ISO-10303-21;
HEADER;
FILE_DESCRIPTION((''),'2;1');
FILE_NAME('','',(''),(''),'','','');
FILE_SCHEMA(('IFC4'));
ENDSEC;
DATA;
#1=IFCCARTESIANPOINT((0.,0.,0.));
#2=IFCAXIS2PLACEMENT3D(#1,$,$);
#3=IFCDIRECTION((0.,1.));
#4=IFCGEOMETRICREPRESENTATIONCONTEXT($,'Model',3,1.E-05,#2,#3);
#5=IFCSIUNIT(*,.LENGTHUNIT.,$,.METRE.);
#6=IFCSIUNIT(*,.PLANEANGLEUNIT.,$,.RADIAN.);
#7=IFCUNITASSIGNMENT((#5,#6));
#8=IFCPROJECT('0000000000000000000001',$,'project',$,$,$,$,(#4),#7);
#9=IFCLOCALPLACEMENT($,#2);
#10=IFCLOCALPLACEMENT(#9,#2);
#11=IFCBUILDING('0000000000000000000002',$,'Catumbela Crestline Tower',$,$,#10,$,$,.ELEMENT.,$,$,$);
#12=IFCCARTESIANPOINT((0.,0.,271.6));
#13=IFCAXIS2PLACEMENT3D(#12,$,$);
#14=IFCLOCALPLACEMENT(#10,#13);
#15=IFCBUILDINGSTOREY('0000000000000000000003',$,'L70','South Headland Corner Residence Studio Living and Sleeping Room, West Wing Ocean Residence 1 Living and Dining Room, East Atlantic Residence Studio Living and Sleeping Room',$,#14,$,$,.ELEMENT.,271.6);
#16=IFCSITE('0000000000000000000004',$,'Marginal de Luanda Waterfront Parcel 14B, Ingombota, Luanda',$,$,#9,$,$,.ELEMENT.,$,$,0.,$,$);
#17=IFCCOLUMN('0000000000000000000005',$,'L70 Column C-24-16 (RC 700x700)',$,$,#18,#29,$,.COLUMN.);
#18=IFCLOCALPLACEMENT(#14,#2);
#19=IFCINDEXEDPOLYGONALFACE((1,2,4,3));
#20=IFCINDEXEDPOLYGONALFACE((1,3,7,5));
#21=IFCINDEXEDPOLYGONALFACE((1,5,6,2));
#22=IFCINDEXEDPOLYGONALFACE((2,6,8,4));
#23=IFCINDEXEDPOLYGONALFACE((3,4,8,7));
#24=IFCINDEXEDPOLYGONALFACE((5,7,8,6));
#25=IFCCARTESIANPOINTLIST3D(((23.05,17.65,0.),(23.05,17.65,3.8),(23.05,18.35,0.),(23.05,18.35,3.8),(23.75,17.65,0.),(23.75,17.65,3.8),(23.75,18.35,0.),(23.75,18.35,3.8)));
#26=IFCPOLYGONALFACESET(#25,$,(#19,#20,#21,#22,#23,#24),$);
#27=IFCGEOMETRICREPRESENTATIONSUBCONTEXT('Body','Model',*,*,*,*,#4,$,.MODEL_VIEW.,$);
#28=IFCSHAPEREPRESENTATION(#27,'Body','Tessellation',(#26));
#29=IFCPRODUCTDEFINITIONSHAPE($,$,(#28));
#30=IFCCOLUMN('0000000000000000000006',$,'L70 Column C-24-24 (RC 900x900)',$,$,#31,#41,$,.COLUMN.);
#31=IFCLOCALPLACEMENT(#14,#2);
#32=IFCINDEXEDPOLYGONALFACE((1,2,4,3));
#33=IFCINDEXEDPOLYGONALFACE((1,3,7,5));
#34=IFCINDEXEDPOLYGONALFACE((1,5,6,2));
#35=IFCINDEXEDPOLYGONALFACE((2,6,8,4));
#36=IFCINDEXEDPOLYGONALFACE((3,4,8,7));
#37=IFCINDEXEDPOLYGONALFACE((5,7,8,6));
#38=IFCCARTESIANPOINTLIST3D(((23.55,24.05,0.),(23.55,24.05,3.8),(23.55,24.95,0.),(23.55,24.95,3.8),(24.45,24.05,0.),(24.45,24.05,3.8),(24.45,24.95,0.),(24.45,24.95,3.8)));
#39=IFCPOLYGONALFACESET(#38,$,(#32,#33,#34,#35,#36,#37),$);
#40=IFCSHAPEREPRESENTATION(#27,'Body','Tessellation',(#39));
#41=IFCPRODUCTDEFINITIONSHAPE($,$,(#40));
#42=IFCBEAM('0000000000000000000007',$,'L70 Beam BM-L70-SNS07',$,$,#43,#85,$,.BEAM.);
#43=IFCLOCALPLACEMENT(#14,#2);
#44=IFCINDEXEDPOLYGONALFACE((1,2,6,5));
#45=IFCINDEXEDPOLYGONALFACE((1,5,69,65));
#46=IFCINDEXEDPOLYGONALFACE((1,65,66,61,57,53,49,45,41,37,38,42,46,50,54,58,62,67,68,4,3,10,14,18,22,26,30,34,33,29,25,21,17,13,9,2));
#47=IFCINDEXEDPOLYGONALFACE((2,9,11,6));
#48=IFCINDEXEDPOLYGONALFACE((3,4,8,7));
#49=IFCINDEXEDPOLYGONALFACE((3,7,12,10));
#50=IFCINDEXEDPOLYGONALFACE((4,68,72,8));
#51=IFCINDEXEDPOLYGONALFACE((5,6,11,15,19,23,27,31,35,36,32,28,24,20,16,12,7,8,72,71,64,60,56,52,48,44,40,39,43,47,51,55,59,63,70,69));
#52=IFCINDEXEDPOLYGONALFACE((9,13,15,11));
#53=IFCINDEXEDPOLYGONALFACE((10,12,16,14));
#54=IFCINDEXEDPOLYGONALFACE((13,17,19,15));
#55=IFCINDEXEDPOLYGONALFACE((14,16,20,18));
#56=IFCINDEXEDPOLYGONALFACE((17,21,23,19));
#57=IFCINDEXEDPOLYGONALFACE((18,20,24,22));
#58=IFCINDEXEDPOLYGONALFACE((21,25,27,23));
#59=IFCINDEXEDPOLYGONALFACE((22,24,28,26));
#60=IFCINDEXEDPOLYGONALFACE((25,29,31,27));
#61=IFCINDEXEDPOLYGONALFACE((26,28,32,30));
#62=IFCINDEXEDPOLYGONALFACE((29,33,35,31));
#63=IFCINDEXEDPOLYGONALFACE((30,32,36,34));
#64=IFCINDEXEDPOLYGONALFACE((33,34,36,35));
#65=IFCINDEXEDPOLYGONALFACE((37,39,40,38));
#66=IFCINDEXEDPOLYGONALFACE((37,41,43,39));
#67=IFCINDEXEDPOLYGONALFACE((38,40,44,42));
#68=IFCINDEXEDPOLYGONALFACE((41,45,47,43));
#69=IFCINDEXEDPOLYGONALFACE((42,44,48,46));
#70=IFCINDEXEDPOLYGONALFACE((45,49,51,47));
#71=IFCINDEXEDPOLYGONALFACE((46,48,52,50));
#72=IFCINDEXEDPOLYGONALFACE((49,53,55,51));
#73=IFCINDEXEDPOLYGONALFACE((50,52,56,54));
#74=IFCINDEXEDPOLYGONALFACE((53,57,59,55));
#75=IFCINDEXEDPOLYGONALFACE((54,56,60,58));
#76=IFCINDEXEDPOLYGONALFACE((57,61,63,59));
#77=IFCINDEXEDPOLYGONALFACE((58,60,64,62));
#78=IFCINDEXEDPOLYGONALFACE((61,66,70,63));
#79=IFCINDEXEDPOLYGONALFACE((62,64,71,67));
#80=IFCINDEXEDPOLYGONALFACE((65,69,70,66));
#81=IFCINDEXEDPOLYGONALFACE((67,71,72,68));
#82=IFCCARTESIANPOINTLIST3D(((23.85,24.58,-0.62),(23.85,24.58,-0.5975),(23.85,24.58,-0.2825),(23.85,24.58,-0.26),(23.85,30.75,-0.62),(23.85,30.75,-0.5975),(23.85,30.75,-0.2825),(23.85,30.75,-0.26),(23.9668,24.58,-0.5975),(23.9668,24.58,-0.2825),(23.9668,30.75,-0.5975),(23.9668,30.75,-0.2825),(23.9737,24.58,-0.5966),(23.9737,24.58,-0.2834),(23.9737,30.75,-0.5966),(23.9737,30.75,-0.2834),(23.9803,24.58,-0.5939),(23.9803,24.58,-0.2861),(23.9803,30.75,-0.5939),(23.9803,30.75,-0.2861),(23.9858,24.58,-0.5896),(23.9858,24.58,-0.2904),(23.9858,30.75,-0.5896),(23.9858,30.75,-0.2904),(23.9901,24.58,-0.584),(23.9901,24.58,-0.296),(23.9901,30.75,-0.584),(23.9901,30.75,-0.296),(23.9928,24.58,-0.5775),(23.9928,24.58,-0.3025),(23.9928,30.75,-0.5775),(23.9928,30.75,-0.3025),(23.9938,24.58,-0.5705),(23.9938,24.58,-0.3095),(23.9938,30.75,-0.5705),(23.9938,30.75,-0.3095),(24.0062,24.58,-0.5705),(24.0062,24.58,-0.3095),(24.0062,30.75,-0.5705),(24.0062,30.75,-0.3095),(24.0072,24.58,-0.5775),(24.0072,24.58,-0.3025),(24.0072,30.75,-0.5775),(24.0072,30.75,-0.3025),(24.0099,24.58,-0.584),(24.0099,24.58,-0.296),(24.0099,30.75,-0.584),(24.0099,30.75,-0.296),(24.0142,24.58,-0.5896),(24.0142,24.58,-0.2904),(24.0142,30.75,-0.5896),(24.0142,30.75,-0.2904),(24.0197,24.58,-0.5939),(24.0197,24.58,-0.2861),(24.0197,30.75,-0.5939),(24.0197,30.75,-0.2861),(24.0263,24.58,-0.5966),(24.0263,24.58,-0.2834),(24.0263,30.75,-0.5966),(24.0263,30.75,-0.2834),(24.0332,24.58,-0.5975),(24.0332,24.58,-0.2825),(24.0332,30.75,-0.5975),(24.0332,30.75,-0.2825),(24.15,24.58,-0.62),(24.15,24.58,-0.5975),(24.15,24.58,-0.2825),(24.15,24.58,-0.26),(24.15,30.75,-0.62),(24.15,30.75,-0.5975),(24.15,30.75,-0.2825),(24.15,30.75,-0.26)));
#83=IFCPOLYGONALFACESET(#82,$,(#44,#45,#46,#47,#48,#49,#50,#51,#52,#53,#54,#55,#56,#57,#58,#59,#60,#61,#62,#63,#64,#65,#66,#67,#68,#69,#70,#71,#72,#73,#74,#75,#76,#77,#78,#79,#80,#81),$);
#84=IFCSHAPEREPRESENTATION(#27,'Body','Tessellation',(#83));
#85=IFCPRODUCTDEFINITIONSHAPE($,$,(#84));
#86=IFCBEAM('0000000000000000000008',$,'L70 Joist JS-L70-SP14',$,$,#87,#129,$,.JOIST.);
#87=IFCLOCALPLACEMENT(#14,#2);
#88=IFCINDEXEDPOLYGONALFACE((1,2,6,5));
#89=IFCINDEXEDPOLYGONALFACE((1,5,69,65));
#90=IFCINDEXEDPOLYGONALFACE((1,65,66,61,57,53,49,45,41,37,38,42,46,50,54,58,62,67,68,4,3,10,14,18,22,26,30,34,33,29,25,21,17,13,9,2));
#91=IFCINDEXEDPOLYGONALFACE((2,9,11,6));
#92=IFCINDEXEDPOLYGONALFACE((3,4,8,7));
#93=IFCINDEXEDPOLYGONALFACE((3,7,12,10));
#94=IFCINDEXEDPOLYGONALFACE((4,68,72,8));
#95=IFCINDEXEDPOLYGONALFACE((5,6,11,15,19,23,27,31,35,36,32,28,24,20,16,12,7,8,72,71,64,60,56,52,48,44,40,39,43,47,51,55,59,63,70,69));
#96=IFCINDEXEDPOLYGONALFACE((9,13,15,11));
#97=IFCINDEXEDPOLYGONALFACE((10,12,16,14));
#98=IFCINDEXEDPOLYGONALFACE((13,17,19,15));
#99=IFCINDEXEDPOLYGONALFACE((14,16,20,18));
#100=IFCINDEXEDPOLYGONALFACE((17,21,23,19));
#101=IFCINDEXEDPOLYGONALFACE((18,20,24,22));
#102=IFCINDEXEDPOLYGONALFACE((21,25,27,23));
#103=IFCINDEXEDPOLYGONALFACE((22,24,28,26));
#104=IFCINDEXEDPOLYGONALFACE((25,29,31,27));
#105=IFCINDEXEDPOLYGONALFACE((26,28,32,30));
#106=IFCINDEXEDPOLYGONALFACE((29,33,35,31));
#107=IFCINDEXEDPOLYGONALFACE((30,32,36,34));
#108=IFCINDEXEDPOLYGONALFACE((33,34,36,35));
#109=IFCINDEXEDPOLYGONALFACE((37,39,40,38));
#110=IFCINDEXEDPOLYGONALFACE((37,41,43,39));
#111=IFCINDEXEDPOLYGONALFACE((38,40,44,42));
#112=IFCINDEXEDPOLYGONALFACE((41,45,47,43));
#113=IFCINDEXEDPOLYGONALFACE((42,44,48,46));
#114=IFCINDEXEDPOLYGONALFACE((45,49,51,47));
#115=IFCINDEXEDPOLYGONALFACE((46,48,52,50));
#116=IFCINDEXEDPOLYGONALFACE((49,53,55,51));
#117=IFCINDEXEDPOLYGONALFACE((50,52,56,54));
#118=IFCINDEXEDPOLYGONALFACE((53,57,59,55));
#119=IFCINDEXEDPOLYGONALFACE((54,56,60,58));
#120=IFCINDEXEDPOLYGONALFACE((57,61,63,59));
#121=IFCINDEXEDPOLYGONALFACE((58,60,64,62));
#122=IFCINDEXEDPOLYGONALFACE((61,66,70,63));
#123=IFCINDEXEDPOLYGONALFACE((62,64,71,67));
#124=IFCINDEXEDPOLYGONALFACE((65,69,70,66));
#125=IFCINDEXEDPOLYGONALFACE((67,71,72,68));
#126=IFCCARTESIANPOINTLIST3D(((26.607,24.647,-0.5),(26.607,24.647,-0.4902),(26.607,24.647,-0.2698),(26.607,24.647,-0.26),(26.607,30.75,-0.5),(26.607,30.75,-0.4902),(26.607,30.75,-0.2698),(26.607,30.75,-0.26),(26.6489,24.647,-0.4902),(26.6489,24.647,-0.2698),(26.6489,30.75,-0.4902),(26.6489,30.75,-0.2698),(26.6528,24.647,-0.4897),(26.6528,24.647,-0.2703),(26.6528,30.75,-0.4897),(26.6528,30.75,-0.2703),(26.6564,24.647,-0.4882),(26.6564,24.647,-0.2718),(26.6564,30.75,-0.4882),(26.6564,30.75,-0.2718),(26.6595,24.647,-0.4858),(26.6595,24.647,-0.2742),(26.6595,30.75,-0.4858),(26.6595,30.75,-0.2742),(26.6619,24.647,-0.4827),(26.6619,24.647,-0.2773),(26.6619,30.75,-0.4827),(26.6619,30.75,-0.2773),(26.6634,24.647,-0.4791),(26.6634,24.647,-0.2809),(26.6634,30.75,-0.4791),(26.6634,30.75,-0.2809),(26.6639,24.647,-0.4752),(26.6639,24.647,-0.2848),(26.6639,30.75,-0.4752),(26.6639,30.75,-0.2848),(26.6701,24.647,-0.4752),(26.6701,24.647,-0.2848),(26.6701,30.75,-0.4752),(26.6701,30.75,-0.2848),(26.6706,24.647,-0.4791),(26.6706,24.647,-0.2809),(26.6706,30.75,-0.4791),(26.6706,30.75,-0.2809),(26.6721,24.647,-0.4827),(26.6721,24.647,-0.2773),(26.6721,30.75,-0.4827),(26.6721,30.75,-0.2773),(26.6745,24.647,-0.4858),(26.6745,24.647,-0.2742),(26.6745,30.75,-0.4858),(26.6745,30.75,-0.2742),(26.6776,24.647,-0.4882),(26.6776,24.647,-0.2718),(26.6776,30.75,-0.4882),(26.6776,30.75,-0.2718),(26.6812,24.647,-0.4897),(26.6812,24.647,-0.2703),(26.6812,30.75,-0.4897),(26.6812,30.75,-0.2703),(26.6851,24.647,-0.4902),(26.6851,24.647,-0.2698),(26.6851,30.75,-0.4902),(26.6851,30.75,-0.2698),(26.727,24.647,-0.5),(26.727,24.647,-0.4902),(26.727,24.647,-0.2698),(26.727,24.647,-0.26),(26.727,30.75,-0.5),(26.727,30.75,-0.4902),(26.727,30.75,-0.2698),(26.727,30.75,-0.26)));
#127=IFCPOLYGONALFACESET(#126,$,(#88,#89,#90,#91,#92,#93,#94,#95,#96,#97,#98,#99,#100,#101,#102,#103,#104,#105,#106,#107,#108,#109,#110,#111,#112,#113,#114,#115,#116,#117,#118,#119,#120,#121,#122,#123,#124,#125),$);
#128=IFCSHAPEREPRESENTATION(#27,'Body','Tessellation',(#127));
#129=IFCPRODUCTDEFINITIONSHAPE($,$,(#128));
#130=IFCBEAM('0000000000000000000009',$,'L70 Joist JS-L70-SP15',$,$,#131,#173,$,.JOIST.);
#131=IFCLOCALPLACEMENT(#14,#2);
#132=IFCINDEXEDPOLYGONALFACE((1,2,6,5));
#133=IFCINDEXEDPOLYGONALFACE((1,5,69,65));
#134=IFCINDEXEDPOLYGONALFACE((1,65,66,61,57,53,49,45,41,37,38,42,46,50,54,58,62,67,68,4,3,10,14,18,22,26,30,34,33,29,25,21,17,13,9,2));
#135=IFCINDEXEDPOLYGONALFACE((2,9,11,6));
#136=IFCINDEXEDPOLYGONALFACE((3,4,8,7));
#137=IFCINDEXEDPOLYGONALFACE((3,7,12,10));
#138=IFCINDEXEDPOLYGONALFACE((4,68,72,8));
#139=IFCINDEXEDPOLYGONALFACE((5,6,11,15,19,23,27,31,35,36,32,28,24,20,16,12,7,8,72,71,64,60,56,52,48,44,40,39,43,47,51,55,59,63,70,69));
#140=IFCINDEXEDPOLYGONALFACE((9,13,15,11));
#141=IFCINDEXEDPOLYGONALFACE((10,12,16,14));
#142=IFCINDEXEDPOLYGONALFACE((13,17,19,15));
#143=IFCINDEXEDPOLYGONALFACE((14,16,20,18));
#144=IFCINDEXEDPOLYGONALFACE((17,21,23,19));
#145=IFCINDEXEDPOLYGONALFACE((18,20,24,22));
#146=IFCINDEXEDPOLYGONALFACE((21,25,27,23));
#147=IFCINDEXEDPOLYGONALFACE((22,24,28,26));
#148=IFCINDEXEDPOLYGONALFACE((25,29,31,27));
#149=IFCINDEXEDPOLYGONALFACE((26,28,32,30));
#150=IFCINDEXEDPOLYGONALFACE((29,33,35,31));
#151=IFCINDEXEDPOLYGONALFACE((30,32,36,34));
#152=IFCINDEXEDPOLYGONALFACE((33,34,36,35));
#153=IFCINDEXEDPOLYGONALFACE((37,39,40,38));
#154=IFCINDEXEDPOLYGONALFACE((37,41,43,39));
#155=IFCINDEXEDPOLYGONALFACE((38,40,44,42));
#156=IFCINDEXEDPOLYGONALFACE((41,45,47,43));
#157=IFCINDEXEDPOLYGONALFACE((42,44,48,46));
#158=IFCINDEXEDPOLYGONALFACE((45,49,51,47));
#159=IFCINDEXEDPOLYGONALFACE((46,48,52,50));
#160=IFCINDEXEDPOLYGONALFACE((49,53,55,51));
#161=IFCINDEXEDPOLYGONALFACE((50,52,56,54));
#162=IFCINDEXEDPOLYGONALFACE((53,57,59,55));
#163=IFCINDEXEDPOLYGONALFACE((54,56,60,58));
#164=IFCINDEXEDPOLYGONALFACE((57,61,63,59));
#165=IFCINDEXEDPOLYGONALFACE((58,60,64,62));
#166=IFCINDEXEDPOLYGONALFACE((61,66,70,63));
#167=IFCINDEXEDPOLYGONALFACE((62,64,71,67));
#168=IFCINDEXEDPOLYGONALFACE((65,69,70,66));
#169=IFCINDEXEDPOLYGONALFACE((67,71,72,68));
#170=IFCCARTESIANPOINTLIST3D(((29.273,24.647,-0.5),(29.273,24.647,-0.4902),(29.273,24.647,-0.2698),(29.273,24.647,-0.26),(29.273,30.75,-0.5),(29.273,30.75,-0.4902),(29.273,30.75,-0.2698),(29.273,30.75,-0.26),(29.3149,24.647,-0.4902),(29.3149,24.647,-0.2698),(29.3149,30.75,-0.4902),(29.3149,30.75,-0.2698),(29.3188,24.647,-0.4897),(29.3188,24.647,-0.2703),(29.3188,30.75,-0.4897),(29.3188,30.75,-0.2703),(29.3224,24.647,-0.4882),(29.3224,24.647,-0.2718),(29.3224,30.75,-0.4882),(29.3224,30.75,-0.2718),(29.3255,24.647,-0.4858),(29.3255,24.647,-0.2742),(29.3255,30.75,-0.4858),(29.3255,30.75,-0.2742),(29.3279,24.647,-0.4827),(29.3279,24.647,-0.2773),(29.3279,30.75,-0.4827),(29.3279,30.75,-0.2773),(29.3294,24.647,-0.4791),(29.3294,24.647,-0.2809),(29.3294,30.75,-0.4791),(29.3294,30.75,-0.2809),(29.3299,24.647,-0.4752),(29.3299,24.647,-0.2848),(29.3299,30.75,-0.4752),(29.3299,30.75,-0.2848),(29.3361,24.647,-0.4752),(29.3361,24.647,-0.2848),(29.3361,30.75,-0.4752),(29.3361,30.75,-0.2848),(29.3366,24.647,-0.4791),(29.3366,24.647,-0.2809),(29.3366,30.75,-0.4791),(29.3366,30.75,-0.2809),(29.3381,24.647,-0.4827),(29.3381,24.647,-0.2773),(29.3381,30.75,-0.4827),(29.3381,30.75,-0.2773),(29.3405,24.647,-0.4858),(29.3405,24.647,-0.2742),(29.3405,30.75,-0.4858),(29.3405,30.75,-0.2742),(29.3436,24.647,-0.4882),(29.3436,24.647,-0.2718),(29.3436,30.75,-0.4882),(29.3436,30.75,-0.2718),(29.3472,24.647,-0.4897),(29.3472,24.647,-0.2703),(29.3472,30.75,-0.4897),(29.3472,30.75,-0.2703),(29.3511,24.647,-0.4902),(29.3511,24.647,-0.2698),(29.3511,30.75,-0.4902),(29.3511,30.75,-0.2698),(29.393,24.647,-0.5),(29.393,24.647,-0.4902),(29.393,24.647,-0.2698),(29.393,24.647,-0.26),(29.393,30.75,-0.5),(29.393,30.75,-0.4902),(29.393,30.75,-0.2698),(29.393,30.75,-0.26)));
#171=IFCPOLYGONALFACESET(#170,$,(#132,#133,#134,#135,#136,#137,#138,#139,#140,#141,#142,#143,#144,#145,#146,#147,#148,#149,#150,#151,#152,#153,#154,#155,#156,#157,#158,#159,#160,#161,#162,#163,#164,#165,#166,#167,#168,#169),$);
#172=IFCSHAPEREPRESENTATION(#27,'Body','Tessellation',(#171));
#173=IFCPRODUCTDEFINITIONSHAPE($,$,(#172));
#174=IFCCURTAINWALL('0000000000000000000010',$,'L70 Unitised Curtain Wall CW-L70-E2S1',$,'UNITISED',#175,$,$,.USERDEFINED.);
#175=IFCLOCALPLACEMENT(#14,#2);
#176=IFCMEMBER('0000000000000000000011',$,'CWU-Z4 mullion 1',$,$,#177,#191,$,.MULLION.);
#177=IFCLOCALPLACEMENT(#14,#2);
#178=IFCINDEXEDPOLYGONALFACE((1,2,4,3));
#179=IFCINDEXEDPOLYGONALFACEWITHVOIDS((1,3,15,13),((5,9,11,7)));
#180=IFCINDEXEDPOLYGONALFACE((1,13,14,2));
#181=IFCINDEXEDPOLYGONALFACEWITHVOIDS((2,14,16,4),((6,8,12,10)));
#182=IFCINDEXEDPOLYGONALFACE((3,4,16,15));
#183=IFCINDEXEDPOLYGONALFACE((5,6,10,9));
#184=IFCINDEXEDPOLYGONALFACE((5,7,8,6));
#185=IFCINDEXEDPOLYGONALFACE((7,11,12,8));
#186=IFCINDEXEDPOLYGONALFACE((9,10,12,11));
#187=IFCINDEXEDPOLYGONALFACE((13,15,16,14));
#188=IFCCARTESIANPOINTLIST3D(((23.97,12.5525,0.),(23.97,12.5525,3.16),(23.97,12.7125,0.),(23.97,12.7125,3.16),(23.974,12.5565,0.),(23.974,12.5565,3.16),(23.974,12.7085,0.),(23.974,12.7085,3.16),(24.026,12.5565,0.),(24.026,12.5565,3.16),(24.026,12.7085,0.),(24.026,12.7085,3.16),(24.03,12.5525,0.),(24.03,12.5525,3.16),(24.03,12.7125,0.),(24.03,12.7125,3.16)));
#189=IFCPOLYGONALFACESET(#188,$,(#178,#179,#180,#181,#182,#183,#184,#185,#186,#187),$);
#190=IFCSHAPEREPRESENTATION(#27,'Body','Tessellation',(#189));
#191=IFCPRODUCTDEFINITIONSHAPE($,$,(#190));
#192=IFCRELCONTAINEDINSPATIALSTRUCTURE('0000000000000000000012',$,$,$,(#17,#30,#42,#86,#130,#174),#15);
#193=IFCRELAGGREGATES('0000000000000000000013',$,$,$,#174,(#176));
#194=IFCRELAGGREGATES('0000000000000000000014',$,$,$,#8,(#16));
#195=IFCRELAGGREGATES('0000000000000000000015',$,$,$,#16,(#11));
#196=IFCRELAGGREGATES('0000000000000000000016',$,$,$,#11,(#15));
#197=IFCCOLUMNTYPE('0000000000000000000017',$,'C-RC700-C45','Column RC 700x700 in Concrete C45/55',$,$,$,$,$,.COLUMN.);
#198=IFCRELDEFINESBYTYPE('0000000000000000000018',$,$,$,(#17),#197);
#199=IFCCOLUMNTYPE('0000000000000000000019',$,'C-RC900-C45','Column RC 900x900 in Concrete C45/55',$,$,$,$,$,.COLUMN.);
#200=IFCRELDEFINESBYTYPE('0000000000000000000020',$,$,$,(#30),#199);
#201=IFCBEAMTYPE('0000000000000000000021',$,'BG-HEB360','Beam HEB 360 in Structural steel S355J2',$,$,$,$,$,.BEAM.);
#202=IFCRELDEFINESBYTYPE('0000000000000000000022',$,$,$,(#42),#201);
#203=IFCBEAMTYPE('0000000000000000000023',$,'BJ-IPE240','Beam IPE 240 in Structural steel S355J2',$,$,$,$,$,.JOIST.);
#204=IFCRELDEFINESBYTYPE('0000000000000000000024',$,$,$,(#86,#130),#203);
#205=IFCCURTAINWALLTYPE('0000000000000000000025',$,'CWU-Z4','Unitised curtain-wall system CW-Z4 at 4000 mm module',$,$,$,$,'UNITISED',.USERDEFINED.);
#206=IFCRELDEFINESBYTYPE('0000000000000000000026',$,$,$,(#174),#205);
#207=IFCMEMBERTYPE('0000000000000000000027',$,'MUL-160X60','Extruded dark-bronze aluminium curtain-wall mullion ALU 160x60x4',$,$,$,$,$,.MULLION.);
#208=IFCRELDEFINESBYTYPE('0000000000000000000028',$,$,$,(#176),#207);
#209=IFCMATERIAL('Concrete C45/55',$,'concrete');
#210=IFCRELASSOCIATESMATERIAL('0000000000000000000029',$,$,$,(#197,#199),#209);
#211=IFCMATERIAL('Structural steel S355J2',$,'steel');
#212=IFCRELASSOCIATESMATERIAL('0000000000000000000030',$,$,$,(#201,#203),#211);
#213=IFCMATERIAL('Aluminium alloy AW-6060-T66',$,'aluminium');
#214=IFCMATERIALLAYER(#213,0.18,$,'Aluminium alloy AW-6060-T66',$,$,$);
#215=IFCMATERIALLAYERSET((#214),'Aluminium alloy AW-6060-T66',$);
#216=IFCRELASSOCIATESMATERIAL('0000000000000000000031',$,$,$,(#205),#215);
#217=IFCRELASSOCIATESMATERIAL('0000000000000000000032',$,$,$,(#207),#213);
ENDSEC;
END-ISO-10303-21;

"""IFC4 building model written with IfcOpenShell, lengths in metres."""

from ifc_helpers import new_model, si_unit, direction, frame, origin, origin_2d, place, context, subcontext, project, spatial, rectangle, hollow_rectangle, i_section, extrude, material, layer, layer_set, material_profile, profile_set, type_object, element, aggregate, save


model = new_model("IFC4")

# Units and contexts
model_context = context("Model", 3, precision=1e-05, world=origin(), true_north=direction((0.0, 1.0)))
body_context = subcontext(model_context, "Body", "Model", "MODEL_VIEW")
ifc_project = project(units=[si_unit("LENGTHUNIT", "METRE"), si_unit("PLANEANGLEUNIT", "RADIAN")], contexts=[model_context])

# Site, building, storey
site_placement = place(None, origin())
site = spatial("IfcSite", under=ifc_project, at=site_placement, Name="Marginal de Luanda Waterfront Parcel 14B, Ingombota, Luanda", CompositionType="ELEMENT", RefElevation=0.0)
building_placement = place(site_placement, origin())
building = spatial("IfcBuilding", under=site, at=building_placement, Name="Catumbela Crestline Tower", CompositionType="ELEMENT")
storey_placement = place(building_placement, frame((0.0, 0.0, 271.6)))
storey = spatial("IfcBuildingStorey", under=building, at=storey_placement, Name="L70", Description="South Headland Corner Residence Studio Living and Sleeping Room, West Wing Ocean Residence 1 Living and Dining Room, East Atlantic Residence Studio Living and Sleeping Room", CompositionType="ELEMENT", Elevation=271.6)

# Columns
ifc_material_1 = material(Name="Concrete C45/55", Category="concrete")
ifc_material_profile_1 = material_profile(ifc_material_1, rectangle(XDim=0.7, YDim=0.7, at=origin_2d()), Name="RC 700x700")
ifc_profile_set_1 = profile_set([ifc_material_profile_1], Name="Concrete C45/55")
column_type_1 = type_object("IfcColumnType", Name="C-RC700-C45", Description="Column RC 700x700 in Concrete C45/55", PredefinedType="COLUMN", material=ifc_profile_set_1)
column_1_placement = place(storey_placement, frame((23.4, 18.0, 0.0), z_axis=(0.0, 0.0, 1.0), x_axis=(1.0, 0.0, 0.0)))
element("IfcColumn", 1, at=column_1_placement, inside=storey, type_object=column_type_1, Name="L70 Column C-24-16 (RC 700x700)", PredefinedType="COLUMN", context=body_context, shape_type="SweptSolid", body=[
    extrude(rectangle(XDim=0.7, YDim=0.7, at=origin_2d()), origin(), (0.0, 0.0, 1.0), 3.8),
])
ifc_material_profile_2 = material_profile(ifc_material_1, rectangle(XDim=0.9, YDim=0.9, at=origin_2d()), Name="RC 900x900")
ifc_profile_set_2 = profile_set([ifc_material_profile_2], Name="Concrete C45/55")
column_type_2 = type_object("IfcColumnType", Name="C-RC900-C45", Description="Column RC 900x900 in Concrete C45/55", PredefinedType="COLUMN", material=ifc_profile_set_2)
column_2_placement = place(storey_placement, frame((24.0, 24.5, 0.0), z_axis=(0.0, 0.0, 1.0), x_axis=(1.0, 0.0, 0.0)))
element("IfcColumn", 2, at=column_2_placement, inside=storey, type_object=column_type_2, Name="L70 Column C-24-24 (RC 900x900)", PredefinedType="COLUMN", context=body_context, shape_type="SweptSolid", body=[
    extrude(rectangle(XDim=0.9, YDim=0.9, at=origin_2d()), origin(), (0.0, 0.0, 1.0), 3.8),
])

# Beams
ifc_material_2 = material(Name="Structural steel S355J2", Category="steel")
ifc_material_profile_3 = material_profile(ifc_material_2, i_section(OverallWidth=0.3, OverallDepth=0.36, WebThickness=0.0125, FlangeThickness=0.0225, FilletRadius=0.027, at=origin_2d()), Name="HEB 360")
ifc_profile_set_3 = profile_set([ifc_material_profile_3], Name="Structural steel S355J2")
beam_type_1 = type_object("IfcBeamType", Name="BG-HEB360", Description="Beam HEB 360 in Structural steel S355J2", PredefinedType="BEAM", material=ifc_profile_set_3)
beam_1_placement = place(storey_placement, frame((24.0, 24.58, -0.44), z_axis=(0.0, 1.0, 0.0), x_axis=(-1.0, 0.0, 0.0)))
element("IfcBeam", 3, at=beam_1_placement, inside=storey, type_object=beam_type_1, Name="L70 Beam BM-L70-SNS07", PredefinedType="BEAM", context=body_context, shape_type="SweptSolid", body=[
    extrude(i_section(OverallWidth=0.3, OverallDepth=0.36, WebThickness=0.0125, FlangeThickness=0.0225, FilletRadius=0.027, at=origin_2d()), origin(), (0.0, 0.0, 1.0), 6.17),
])
ifc_material_profile_4 = material_profile(ifc_material_2, i_section(OverallWidth=0.12, OverallDepth=0.24, WebThickness=0.0062, FlangeThickness=0.0098, FilletRadius=0.015, at=origin_2d()), Name="IPE 240")
ifc_profile_set_4 = profile_set([ifc_material_profile_4], Name="Structural steel S355J2")
beam_type_2 = type_object("IfcBeamType", Name="BJ-IPE240", Description="Beam IPE 240 in Structural steel S355J2", PredefinedType="JOIST", material=ifc_profile_set_4)
for number, where, z_axis, x_axis, name in (
    (4, (26.667, 24.647, -0.38), (0.0, 1.0, 0.0), (-1.0, 0.0, 0.0), "L70 Joist JS-L70-SP14"),
    (5, (29.333, 24.647, -0.38), (0.0, 1.0, 0.0), (-1.0, 0.0, 0.0), "L70 Joist JS-L70-SP15"),
):
    element("IfcBeam", number, at=place(storey_placement, frame(where, z_axis=z_axis, x_axis=x_axis)), inside=storey, type_object=beam_type_2, Name=name, PredefinedType="JOIST", context=body_context, shape_type="SweptSolid", body=[
        extrude(i_section(OverallWidth=0.12, OverallDepth=0.24, WebThickness=0.0062, FlangeThickness=0.0098, FilletRadius=0.015, at=origin_2d()), origin(), (0.0, 0.0, 1.0), 6.103),
    ])

# Curtain wall, member
ifc_material_3 = material(Name="Aluminium alloy AW-6060-T66", Category="aluminium")
ifc_layer_1 = layer(ifc_material_3, 0.18, Name="Aluminium alloy AW-6060-T66")
ifc_layer_set_1 = layer_set([ifc_layer_1], Name="Aluminium alloy AW-6060-T66")
curtain_wall_type = type_object("IfcCurtainWallType", Name="CWU-Z4", Description="Unitised curtain-wall system CW-Z4 at 4000 mm module", ElementType="UNITISED", PredefinedType="USERDEFINED", material=ifc_layer_set_1)
curtain_wall_1_placement = place(storey_placement, origin())
curtain_wall_1 = element("IfcCurtainWall", 6, at=curtain_wall_1_placement, inside=storey, type_object=curtain_wall_type, Name="L70 Unitised Curtain Wall CW-L70-E2S1", ObjectType="UNITISED", PredefinedType="USERDEFINED")
ifc_material_profile_5 = material_profile(ifc_material_3, hollow_rectangle(XDim=0.06, YDim=0.16, WallThickness=0.004, at=origin_2d()), Name="ALU 160x60x4")
ifc_profile_set_5 = profile_set([ifc_material_profile_5], Name="Aluminium alloy AW-6060-T66")
member_type_1 = type_object("IfcMemberType", Name="MUL-160X60", Description="Extruded dark-bronze aluminium curtain-wall mullion ALU 160x60x4", PredefinedType="MULLION", material=ifc_profile_set_5)
member_1_placement = place(storey_placement, frame((24.0, 12.6325, 0.0), z_axis=(0.0, 0.0, 1.0), x_axis=(-1.0, 0.0, 0.0)))
member_1 = element("IfcMember", 7, at=member_1_placement, type_object=member_type_1, Name="CWU-Z4 mullion 1", PredefinedType="MULLION", context=body_context, shape_type="SweptSolid", body=[
    extrude(hollow_rectangle(XDim=0.06, YDim=0.16, WallThickness=0.004, at=origin_2d()), origin(), (0.0, 0.0, 1.0), 3.16),
])

aggregate(curtain_wall_1, [member_1])

save(model, "model.ifc")
